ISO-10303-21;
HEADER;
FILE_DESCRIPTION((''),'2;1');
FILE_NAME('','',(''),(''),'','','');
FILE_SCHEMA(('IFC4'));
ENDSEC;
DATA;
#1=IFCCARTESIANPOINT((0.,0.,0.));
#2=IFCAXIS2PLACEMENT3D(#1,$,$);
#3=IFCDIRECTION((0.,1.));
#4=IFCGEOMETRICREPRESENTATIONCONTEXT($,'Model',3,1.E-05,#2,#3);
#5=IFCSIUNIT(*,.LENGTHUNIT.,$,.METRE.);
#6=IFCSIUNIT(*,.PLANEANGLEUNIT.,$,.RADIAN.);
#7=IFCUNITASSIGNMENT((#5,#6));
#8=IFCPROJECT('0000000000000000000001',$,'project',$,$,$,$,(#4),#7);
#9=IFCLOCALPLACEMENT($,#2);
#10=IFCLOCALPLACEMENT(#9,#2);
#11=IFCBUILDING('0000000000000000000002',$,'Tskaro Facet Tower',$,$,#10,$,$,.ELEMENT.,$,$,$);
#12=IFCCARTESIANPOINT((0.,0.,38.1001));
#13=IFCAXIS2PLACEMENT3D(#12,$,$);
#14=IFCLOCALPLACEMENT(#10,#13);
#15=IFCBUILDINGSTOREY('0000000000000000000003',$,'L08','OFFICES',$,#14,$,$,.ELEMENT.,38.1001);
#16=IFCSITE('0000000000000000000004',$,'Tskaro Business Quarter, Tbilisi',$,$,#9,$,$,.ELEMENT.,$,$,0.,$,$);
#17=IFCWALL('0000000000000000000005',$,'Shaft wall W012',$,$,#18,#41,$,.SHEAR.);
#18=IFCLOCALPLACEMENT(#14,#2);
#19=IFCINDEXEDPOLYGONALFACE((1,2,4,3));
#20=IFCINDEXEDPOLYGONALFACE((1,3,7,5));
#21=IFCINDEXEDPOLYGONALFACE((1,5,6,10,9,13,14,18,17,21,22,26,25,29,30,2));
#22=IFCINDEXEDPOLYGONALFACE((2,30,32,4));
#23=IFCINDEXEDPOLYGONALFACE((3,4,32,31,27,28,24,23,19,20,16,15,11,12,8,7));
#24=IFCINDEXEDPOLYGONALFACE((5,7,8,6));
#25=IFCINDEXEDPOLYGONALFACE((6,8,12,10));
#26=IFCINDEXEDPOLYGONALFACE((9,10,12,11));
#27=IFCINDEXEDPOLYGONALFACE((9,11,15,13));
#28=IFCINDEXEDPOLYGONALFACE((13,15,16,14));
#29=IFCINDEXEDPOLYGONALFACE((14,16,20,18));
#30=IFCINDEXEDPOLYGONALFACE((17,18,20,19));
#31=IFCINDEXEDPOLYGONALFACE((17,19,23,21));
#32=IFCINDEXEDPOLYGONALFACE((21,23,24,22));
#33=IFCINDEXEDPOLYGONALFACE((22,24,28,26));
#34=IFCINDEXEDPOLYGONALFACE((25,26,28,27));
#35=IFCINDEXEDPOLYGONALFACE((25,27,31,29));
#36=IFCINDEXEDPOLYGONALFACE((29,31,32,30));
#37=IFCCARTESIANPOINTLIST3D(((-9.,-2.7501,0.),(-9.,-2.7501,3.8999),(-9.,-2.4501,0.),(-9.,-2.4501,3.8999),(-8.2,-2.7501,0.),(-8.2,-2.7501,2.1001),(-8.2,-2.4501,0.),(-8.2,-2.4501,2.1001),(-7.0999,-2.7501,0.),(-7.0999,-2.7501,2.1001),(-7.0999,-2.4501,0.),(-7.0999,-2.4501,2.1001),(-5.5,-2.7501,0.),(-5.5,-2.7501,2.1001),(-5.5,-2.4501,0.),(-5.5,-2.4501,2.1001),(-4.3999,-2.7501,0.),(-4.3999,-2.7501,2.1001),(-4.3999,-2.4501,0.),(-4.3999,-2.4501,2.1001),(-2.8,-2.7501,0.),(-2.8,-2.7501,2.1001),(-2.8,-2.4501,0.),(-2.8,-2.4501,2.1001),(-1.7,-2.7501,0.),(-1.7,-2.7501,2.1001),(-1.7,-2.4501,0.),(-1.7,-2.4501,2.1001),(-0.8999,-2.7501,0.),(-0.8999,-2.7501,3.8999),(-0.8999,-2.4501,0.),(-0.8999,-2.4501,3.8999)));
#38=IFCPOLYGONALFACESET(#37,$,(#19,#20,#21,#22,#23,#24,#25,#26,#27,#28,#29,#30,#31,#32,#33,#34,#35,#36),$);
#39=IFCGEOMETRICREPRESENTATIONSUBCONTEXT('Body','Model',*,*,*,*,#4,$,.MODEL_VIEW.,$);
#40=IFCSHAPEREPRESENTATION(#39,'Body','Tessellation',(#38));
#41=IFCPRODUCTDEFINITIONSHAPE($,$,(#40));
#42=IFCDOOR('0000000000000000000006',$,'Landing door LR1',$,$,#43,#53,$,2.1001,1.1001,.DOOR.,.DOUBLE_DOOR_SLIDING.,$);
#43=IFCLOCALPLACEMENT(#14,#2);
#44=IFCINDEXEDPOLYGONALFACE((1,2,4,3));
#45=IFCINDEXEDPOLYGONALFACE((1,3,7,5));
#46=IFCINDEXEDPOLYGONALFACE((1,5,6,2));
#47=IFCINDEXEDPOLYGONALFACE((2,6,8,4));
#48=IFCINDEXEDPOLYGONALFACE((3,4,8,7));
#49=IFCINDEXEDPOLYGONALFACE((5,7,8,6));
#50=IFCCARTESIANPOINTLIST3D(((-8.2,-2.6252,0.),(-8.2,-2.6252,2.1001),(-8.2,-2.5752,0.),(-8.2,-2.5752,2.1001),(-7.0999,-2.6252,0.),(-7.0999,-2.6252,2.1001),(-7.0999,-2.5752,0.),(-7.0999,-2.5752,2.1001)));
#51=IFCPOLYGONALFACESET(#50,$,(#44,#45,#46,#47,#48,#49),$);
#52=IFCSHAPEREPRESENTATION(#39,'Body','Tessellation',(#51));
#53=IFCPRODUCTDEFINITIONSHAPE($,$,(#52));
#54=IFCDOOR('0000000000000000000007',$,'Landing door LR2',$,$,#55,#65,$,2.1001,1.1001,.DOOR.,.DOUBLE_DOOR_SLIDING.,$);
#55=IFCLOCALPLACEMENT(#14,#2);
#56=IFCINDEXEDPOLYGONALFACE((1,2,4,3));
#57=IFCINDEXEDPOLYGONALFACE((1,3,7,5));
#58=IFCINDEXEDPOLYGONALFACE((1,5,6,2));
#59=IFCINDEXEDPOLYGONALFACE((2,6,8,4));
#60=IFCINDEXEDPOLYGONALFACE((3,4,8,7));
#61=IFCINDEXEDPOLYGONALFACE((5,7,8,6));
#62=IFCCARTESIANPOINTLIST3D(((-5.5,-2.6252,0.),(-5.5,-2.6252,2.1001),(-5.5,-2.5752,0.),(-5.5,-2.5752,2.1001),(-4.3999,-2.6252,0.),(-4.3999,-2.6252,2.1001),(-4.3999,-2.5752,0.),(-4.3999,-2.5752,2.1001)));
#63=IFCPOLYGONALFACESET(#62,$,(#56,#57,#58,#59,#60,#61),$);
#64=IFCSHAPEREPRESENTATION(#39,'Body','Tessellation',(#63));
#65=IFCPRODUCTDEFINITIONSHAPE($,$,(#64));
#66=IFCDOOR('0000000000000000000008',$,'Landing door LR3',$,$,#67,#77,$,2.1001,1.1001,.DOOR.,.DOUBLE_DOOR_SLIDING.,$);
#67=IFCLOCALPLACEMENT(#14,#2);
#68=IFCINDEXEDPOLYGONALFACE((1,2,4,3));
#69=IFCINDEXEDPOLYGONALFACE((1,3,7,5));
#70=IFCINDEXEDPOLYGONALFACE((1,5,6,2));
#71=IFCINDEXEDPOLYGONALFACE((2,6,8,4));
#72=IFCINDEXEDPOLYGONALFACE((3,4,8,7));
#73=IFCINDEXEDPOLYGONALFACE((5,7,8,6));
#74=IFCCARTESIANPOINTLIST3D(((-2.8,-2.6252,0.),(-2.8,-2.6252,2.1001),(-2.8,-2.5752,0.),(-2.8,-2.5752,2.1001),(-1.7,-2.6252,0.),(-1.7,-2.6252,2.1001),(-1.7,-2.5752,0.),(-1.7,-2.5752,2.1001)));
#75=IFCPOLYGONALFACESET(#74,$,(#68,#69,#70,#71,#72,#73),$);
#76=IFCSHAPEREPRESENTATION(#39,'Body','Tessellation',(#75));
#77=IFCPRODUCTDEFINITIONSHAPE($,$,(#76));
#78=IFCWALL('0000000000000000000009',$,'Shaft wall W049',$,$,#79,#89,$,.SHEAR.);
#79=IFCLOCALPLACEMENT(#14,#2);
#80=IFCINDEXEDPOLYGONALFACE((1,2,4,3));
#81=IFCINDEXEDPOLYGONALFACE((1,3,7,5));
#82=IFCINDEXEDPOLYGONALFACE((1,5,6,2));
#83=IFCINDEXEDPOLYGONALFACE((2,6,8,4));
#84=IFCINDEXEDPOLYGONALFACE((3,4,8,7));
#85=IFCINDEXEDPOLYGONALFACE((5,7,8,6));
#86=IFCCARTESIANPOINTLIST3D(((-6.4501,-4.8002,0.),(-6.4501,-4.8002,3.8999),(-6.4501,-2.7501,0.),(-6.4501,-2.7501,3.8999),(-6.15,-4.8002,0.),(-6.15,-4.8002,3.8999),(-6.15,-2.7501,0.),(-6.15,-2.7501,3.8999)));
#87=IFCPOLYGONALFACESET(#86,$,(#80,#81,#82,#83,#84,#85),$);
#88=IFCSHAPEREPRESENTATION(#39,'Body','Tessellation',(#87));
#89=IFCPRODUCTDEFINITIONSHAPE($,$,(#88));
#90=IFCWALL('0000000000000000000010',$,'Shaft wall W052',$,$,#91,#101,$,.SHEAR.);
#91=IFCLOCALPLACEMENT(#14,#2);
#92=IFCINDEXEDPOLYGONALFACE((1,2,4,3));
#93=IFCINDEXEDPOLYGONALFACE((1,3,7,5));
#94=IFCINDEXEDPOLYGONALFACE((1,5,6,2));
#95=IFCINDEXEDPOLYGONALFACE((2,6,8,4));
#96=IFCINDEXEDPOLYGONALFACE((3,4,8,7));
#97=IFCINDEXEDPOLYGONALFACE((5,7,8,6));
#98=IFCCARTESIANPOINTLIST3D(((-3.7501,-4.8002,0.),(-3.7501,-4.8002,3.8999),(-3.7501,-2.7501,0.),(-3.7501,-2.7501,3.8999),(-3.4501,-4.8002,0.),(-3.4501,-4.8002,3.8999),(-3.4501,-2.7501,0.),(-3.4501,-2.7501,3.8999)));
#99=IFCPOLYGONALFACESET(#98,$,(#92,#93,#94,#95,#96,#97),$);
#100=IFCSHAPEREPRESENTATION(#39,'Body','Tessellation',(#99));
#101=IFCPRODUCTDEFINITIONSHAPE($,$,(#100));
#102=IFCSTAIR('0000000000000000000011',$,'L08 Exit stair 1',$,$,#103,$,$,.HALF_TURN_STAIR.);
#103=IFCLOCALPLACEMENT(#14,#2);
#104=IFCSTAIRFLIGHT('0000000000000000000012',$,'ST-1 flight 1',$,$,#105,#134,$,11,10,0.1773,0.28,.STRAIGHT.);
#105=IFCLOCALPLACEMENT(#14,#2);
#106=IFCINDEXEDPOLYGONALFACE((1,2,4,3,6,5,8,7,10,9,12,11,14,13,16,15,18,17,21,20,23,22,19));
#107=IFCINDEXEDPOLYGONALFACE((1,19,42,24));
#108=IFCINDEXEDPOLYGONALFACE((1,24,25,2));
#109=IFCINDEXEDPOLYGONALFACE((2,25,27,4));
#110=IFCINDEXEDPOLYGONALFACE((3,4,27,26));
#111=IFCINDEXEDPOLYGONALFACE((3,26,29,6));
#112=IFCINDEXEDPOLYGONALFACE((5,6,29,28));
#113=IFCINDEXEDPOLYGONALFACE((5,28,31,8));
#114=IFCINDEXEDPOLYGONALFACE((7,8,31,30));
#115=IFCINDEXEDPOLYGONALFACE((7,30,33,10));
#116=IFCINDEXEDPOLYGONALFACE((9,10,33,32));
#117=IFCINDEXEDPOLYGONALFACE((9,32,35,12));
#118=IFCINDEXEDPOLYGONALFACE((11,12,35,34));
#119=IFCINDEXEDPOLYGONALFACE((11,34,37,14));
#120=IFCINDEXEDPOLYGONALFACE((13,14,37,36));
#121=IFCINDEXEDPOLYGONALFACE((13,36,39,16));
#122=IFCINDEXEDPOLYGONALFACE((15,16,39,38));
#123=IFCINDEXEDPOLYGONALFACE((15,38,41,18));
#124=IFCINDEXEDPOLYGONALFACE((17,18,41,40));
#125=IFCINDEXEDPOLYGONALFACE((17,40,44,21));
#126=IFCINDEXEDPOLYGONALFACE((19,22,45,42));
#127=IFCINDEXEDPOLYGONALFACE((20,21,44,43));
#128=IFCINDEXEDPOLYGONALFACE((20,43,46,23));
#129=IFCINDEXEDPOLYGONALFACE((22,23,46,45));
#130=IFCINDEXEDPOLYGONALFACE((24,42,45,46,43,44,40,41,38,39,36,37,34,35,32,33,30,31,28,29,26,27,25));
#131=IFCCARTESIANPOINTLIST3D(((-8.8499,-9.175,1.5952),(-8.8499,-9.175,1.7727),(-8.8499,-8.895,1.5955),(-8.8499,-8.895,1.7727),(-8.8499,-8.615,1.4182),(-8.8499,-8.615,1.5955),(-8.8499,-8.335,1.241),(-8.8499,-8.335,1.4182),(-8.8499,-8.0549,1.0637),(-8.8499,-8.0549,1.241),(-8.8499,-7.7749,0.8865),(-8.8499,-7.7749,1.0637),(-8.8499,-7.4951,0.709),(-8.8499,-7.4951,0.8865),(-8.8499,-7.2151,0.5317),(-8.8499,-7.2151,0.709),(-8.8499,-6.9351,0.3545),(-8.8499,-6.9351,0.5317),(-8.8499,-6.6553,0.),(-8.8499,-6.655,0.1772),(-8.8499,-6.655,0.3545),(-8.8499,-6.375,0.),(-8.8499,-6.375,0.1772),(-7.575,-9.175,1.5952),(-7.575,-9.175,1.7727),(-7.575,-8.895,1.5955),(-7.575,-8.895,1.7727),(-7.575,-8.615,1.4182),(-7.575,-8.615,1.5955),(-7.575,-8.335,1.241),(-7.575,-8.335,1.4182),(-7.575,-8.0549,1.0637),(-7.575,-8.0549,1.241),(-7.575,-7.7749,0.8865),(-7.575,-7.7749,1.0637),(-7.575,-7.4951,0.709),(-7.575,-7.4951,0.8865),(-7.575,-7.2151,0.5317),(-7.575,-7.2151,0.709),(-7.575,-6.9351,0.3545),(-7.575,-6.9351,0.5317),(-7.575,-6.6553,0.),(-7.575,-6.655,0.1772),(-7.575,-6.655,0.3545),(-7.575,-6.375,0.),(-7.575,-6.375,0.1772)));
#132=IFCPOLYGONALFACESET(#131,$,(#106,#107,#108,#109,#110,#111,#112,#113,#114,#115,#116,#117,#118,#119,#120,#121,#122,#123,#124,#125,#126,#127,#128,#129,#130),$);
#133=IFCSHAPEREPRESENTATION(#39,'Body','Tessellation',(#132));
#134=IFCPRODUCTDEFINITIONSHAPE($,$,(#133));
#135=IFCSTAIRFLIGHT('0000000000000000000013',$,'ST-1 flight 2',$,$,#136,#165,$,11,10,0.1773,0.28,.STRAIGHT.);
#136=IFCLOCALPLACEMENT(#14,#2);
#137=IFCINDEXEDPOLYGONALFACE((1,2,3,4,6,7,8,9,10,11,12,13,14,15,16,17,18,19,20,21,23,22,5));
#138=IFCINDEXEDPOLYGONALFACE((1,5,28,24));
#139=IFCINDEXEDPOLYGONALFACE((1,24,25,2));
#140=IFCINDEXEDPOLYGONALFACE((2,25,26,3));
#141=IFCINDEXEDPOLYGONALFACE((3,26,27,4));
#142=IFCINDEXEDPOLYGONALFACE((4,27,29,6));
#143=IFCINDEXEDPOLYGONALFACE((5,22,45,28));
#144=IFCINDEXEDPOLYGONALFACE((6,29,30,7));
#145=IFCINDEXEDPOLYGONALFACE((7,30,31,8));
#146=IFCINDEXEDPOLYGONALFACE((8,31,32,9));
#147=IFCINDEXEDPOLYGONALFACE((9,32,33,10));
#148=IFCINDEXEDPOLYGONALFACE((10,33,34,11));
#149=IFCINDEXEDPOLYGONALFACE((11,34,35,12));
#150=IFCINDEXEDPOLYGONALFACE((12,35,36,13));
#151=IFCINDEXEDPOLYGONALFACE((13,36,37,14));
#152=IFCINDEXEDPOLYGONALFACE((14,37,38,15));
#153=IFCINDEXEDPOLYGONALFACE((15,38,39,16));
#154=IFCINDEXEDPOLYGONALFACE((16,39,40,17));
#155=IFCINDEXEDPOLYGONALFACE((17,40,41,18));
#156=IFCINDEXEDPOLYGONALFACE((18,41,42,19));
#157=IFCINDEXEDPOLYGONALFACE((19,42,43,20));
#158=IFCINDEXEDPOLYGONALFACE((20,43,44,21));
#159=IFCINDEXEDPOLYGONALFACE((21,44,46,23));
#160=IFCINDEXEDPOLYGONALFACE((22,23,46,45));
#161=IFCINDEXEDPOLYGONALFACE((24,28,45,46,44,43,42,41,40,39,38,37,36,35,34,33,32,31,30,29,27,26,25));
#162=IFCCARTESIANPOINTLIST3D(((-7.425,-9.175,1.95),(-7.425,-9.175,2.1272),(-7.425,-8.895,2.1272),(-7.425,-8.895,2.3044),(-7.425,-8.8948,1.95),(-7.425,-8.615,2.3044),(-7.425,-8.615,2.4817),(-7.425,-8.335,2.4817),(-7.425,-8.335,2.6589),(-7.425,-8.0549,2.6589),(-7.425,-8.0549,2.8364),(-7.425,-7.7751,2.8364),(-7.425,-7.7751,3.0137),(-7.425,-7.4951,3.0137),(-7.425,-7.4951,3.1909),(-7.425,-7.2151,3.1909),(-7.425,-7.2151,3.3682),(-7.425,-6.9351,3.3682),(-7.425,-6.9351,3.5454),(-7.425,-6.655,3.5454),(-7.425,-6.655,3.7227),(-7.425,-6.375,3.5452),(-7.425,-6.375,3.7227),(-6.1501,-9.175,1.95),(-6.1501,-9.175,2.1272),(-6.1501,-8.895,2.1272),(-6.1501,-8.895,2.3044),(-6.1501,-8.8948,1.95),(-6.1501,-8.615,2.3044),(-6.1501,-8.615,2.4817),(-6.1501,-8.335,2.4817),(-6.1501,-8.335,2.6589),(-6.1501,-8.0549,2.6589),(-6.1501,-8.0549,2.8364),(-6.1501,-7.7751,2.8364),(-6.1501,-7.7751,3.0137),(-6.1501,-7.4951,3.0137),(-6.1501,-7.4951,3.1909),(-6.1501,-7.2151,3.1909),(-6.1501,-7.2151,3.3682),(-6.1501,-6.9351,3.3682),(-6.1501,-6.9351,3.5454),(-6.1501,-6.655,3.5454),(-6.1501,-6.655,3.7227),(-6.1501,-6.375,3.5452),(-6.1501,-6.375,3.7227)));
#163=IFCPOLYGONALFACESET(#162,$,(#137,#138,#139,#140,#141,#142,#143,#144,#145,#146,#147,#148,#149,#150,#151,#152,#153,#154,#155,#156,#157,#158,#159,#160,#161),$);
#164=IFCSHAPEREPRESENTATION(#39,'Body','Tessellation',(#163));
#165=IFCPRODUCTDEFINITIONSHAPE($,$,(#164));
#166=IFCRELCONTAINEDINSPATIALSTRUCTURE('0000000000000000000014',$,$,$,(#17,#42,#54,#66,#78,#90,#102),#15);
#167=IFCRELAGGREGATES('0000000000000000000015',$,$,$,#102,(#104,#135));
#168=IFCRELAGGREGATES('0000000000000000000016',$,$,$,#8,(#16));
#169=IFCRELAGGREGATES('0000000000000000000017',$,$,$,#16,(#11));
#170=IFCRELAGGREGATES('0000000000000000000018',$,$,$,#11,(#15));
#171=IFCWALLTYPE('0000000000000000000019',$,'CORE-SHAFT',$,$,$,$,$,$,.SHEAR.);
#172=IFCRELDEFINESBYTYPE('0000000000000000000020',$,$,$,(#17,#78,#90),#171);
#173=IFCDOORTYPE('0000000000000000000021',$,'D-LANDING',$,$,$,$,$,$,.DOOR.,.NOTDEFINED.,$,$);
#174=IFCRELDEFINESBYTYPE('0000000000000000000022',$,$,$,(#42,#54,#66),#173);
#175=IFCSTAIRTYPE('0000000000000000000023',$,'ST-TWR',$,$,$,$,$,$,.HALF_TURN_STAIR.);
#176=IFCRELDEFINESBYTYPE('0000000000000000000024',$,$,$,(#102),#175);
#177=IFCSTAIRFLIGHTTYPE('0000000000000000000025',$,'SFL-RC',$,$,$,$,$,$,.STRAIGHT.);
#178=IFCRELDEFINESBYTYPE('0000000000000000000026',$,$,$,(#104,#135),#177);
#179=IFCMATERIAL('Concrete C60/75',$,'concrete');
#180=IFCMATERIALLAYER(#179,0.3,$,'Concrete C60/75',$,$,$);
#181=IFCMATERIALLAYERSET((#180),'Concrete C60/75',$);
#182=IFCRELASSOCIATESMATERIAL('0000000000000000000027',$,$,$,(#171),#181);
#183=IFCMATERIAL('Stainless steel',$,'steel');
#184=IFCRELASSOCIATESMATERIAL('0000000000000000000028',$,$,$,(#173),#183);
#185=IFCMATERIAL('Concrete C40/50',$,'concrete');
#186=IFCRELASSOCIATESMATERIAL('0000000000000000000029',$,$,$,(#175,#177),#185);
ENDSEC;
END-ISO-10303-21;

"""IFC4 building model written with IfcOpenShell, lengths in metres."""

from ifc_helpers import new_model, si_unit, direction, frame, frame_2d, origin, place, context, subcontext, project, spatial, polyline, rectangle, outline, extrude, material, layer, layer_set, type_object, element, fill, aggregate, save


model = new_model("IFC4")

# Units and contexts
model_context = context("Model", 3, precision=1e-05, world=origin(), true_north=direction((0.0, 1.0)))
body_context = subcontext(model_context, "Body", "Model", "MODEL_VIEW")
ifc_project = project(units=[si_unit("LENGTHUNIT", "METRE"), si_unit("PLANEANGLEUNIT", "RADIAN")], contexts=[model_context])

# Site, building, storey
site_placement = place(None, origin())
site = spatial("IfcSite", under=ifc_project, at=site_placement, Name="Tskaro Business Quarter, Tbilisi", CompositionType="ELEMENT", RefElevation=0.0)
building_placement = place(site_placement, origin())
building = spatial("IfcBuilding", under=site, at=building_placement, Name="Tskaro Facet Tower", CompositionType="ELEMENT")
storey_placement = place(building_placement, frame((0.0, 0.0, 38.1001)))
storey = spatial("IfcBuildingStorey", under=building, at=storey_placement, Name="L08", Description="OFFICES", CompositionType="ELEMENT", Elevation=38.1001)

# Shared definitions
ifc_material_1 = material(Name="Concrete C60/75", Category="concrete")
ifc_layer = layer(ifc_material_1, 0.3, Name="Concrete C60/75")
ifc_layer_set = layer_set([ifc_layer], Name="Concrete C60/75")
wall_type = type_object("IfcWallType", Name="CORE-SHAFT", PredefinedType="SHEAR", material=ifc_layer_set)

# Shared definitions
ifc_material_2 = material(Name="Stainless steel", Category="steel")
door_type = type_object("IfcDoorType", Name="D-LANDING", OperationType="NOTDEFINED", PredefinedType="DOOR", material=ifc_material_2)

# Wall, openings, doors
wall_1_placement = place(storey_placement, frame((-9.0, -2.6001, 0.0), z_axis=(0.0, 0.0, 1.0), x_axis=(1.0, 0.0, 0.0)))
wall_1 = element("IfcWall", 1, at=wall_1_placement, inside=storey, type_object=wall_type, Name="Shaft wall W012", PredefinedType="SHEAR", context=body_context, shape_type="SweptSolid", body=[
    extrude(rectangle(XDim=8.1001, YDim=0.3, at=frame_2d((4.05, 0.0))), origin(), (0.0, 0.0, 1.0), 3.8999),
])
opening_1_placement = place(wall_1_placement, frame((0.8, 0.0, 0.0)))
opening_1 = element("IfcOpeningElement", 2, at=opening_1_placement, cuts=wall_1, PredefinedType="OPENING", context=body_context, shape_type="SweptSolid", body=[
    extrude(rectangle(XDim=1.1001, YDim=2.1001, at=frame_2d((0.55, 1.05))), frame((0.0, 0.1599, 0.0), z_axis=(0.0, -1.0, 0.0), x_axis=(1.0, 0.0, 0.0)), (0.0, 0.0, 1.0), 0.3201),
])
opening_2_placement = place(wall_1_placement, frame((3.5, 0.0, 0.0)))
opening_2 = element("IfcOpeningElement", 3, at=opening_2_placement, cuts=wall_1, PredefinedType="OPENING", context=body_context, shape_type="SweptSolid", body=[
    extrude(rectangle(XDim=1.1001, YDim=2.1001, at=frame_2d((0.55, 1.05))), frame((0.0, 0.1599, 0.0), z_axis=(0.0, -1.0, 0.0), x_axis=(1.0, 0.0, 0.0)), (0.0, 0.0, 1.0), 0.3201),
])
opening_3_placement = place(wall_1_placement, frame((6.2, 0.0, 0.0)))
opening_3 = element("IfcOpeningElement", 4, at=opening_3_placement, cuts=wall_1, PredefinedType="OPENING", context=body_context, shape_type="SweptSolid", body=[
    extrude(rectangle(XDim=1.1001, YDim=2.1001, at=frame_2d((0.55, 1.05))), frame((0.0, 0.1599, 0.0), z_axis=(0.0, -1.0, 0.0), x_axis=(1.0, 0.0, 0.0)), (0.0, 0.0, 1.0), 0.3201),
])
door_1_placement = place(opening_1_placement, origin())
door_1 = element("IfcDoor", 5, at=door_1_placement, inside=storey, type_object=door_type, Name="Landing door LR1", OperationType="DOUBLE_DOOR_SLIDING", OverallHeight=2.1001, OverallWidth=1.1001, PredefinedType="DOOR", context=body_context, shape_type="SweptSolid", body=[
    extrude(rectangle(XDim=1.1001, YDim=2.1001, at=frame_2d((0.55, 1.05))), frame((0.0, 0.0249, 0.0), z_axis=(0.0, -1.0, 0.0), x_axis=(1.0, 0.0, 0.0)), (0.0, 0.0, 1.0), 0.05),
])
fill(opening_1, door_1)
door_2_placement = place(opening_2_placement, origin())
door_2 = element("IfcDoor", 6, at=door_2_placement, inside=storey, type_object=door_type, Name="Landing door LR2", OperationType="DOUBLE_DOOR_SLIDING", OverallHeight=2.1001, OverallWidth=1.1001, PredefinedType="DOOR", context=body_context, shape_type="SweptSolid", body=[
    extrude(rectangle(XDim=1.1001, YDim=2.1001, at=frame_2d((0.55, 1.05))), frame((0.0, 0.0249, 0.0), z_axis=(0.0, -1.0, 0.0), x_axis=(1.0, 0.0, 0.0)), (0.0, 0.0, 1.0), 0.05),
])
fill(opening_2, door_2)
door_3_placement = place(opening_3_placement, origin())
door_3 = element("IfcDoor", 7, at=door_3_placement, inside=storey, type_object=door_type, Name="Landing door LR3", OperationType="DOUBLE_DOOR_SLIDING", OverallHeight=2.1001, OverallWidth=1.1001, PredefinedType="DOOR", context=body_context, shape_type="SweptSolid", body=[
    extrude(rectangle(XDim=1.1001, YDim=2.1001, at=frame_2d((0.55, 1.05))), frame((0.0, 0.0249, 0.0), z_axis=(0.0, -1.0, 0.0), x_axis=(1.0, 0.0, 0.0)), (0.0, 0.0, 1.0), 0.05),
])
fill(opening_3, door_3)

# Walls
for number, where, z_axis, x_axis, name in (
    (8, (-6.3, -4.8, 0.0), (0.0, 0.0, 1.0), (0.0, 1.0, 0.0), "Shaft wall W049"),
    (9, (-3.6001, -4.8, 0.0), (0.0, 0.0, 1.0), (0.0, 1.0, 0.0), "Shaft wall W052"),
):
    element("IfcWall", number, at=place(storey_placement, frame(where, z_axis=z_axis, x_axis=x_axis)), inside=storey, type_object=wall_type, Name=name, PredefinedType="SHEAR", context=body_context, shape_type="SweptSolid", body=[
        extrude(rectangle(XDim=2.05, YDim=0.3, at=frame_2d((1.0249, 0.0))), origin(), (0.0, 0.0, 1.0), 3.8999),
    ])

# Stair, stair flights
ifc_material_3 = material(Name="Concrete C40/50", Category="concrete")
stair_type = type_object("IfcStairType", Name="ST-TWR", PredefinedType="HALF_TURN_STAIR", material=ifc_material_3)
stair_placement = place(storey_placement, origin())
stair = element("IfcStair", 10, at=stair_placement, inside=storey, type_object=stair_type, Name="L08 Exit stair 1", PredefinedType="HALF_TURN_STAIR")
stair_flight_type = type_object("IfcStairFlightType", Name="SFL-RC", PredefinedType="STRAIGHT", material=ifc_material_3)
stair_flight_1_placement = place(storey_placement, frame((-8.2124, -6.375, 0.0), z_axis=(0.0, 0.0, 1.0), x_axis=(0.0, -1.0, 0.0)))
stair_flight_1 = element("IfcStairFlight", 11, at=stair_flight_1_placement, type_object=stair_flight_type, Name="ST-1 flight 1", NumberOfRisers=11, NumberOfTreads=10, PredefinedType="STRAIGHT", RiserHeight=0.1773, TreadLength=0.28, context=body_context, shape_type="SweptSolid", body=[
    extrude(outline(polyline([(0.0, 0.0), (0.0, 0.1772), (0.28, 0.1772), (0.28, 0.3545), (0.5601, 0.3545), (0.5601, 0.5317), (0.8401, 0.5317), (0.8401, 0.709), (1.1201, 0.709), (1.1201, 0.8865), (1.3999, 0.8865), (1.3999, 1.0637), (1.6799, 1.0637), (1.6799, 1.241), (1.96, 1.241), (1.96, 1.4182), (2.24, 1.4182), (2.24, 1.5955), (2.52, 1.5955), (2.52, 1.7727), (2.8, 1.7727), (2.8, 1.95), (2.8, 1.5952), (0.2803, 0.0), (0.0, 0.0)])), frame((0.0, 0.6375, 0.0), z_axis=(0.0, -1.0, 0.0), x_axis=(1.0, 0.0, 0.0)), (0.0, 0.0, 1.0), 1.2749),
])
stair_flight_2_placement = place(storey_placement, frame((-6.7876, -9.175, 1.95), z_axis=(0.0, 0.0, 1.0), x_axis=(0.0, 1.0, 0.0)))
stair_flight_2 = element("IfcStairFlight", 12, at=stair_flight_2_placement, type_object=stair_flight_type, Name="ST-1 flight 2", NumberOfRisers=11, NumberOfTreads=10, PredefinedType="STRAIGHT", RiserHeight=0.1773, TreadLength=0.28, context=body_context, shape_type="SweptSolid", body=[
    extrude(outline(polyline([(0.0, 0.0), (0.0, 0.1772), (0.28, 0.1772), (0.28, 0.3545), (0.5601, 0.3545), (0.5601, 0.5317), (0.8401, 0.5317), (0.8401, 0.709), (1.1201, 0.709), (1.1201, 0.8865), (1.3999, 0.8865), (1.3999, 1.0637), (1.6799, 1.0637), (1.6799, 1.241), (1.96, 1.241), (1.96, 1.4182), (2.24, 1.4182), (2.24, 1.5955), (2.52, 1.5955), (2.52, 1.7727), (2.8, 1.7727), (2.8, 1.95), (2.8, 1.5952), (0.2803, 0.0), (0.0, 0.0)])), frame((0.0, 0.6375, 0.0), z_axis=(0.0, -1.0, 0.0), x_axis=(1.0, 0.0, 0.0)), (0.0, 0.0, 1.0), 1.2749),
])
aggregate(stair, [stair_flight_1, stair_flight_2])

save(model, "model.ifc")
